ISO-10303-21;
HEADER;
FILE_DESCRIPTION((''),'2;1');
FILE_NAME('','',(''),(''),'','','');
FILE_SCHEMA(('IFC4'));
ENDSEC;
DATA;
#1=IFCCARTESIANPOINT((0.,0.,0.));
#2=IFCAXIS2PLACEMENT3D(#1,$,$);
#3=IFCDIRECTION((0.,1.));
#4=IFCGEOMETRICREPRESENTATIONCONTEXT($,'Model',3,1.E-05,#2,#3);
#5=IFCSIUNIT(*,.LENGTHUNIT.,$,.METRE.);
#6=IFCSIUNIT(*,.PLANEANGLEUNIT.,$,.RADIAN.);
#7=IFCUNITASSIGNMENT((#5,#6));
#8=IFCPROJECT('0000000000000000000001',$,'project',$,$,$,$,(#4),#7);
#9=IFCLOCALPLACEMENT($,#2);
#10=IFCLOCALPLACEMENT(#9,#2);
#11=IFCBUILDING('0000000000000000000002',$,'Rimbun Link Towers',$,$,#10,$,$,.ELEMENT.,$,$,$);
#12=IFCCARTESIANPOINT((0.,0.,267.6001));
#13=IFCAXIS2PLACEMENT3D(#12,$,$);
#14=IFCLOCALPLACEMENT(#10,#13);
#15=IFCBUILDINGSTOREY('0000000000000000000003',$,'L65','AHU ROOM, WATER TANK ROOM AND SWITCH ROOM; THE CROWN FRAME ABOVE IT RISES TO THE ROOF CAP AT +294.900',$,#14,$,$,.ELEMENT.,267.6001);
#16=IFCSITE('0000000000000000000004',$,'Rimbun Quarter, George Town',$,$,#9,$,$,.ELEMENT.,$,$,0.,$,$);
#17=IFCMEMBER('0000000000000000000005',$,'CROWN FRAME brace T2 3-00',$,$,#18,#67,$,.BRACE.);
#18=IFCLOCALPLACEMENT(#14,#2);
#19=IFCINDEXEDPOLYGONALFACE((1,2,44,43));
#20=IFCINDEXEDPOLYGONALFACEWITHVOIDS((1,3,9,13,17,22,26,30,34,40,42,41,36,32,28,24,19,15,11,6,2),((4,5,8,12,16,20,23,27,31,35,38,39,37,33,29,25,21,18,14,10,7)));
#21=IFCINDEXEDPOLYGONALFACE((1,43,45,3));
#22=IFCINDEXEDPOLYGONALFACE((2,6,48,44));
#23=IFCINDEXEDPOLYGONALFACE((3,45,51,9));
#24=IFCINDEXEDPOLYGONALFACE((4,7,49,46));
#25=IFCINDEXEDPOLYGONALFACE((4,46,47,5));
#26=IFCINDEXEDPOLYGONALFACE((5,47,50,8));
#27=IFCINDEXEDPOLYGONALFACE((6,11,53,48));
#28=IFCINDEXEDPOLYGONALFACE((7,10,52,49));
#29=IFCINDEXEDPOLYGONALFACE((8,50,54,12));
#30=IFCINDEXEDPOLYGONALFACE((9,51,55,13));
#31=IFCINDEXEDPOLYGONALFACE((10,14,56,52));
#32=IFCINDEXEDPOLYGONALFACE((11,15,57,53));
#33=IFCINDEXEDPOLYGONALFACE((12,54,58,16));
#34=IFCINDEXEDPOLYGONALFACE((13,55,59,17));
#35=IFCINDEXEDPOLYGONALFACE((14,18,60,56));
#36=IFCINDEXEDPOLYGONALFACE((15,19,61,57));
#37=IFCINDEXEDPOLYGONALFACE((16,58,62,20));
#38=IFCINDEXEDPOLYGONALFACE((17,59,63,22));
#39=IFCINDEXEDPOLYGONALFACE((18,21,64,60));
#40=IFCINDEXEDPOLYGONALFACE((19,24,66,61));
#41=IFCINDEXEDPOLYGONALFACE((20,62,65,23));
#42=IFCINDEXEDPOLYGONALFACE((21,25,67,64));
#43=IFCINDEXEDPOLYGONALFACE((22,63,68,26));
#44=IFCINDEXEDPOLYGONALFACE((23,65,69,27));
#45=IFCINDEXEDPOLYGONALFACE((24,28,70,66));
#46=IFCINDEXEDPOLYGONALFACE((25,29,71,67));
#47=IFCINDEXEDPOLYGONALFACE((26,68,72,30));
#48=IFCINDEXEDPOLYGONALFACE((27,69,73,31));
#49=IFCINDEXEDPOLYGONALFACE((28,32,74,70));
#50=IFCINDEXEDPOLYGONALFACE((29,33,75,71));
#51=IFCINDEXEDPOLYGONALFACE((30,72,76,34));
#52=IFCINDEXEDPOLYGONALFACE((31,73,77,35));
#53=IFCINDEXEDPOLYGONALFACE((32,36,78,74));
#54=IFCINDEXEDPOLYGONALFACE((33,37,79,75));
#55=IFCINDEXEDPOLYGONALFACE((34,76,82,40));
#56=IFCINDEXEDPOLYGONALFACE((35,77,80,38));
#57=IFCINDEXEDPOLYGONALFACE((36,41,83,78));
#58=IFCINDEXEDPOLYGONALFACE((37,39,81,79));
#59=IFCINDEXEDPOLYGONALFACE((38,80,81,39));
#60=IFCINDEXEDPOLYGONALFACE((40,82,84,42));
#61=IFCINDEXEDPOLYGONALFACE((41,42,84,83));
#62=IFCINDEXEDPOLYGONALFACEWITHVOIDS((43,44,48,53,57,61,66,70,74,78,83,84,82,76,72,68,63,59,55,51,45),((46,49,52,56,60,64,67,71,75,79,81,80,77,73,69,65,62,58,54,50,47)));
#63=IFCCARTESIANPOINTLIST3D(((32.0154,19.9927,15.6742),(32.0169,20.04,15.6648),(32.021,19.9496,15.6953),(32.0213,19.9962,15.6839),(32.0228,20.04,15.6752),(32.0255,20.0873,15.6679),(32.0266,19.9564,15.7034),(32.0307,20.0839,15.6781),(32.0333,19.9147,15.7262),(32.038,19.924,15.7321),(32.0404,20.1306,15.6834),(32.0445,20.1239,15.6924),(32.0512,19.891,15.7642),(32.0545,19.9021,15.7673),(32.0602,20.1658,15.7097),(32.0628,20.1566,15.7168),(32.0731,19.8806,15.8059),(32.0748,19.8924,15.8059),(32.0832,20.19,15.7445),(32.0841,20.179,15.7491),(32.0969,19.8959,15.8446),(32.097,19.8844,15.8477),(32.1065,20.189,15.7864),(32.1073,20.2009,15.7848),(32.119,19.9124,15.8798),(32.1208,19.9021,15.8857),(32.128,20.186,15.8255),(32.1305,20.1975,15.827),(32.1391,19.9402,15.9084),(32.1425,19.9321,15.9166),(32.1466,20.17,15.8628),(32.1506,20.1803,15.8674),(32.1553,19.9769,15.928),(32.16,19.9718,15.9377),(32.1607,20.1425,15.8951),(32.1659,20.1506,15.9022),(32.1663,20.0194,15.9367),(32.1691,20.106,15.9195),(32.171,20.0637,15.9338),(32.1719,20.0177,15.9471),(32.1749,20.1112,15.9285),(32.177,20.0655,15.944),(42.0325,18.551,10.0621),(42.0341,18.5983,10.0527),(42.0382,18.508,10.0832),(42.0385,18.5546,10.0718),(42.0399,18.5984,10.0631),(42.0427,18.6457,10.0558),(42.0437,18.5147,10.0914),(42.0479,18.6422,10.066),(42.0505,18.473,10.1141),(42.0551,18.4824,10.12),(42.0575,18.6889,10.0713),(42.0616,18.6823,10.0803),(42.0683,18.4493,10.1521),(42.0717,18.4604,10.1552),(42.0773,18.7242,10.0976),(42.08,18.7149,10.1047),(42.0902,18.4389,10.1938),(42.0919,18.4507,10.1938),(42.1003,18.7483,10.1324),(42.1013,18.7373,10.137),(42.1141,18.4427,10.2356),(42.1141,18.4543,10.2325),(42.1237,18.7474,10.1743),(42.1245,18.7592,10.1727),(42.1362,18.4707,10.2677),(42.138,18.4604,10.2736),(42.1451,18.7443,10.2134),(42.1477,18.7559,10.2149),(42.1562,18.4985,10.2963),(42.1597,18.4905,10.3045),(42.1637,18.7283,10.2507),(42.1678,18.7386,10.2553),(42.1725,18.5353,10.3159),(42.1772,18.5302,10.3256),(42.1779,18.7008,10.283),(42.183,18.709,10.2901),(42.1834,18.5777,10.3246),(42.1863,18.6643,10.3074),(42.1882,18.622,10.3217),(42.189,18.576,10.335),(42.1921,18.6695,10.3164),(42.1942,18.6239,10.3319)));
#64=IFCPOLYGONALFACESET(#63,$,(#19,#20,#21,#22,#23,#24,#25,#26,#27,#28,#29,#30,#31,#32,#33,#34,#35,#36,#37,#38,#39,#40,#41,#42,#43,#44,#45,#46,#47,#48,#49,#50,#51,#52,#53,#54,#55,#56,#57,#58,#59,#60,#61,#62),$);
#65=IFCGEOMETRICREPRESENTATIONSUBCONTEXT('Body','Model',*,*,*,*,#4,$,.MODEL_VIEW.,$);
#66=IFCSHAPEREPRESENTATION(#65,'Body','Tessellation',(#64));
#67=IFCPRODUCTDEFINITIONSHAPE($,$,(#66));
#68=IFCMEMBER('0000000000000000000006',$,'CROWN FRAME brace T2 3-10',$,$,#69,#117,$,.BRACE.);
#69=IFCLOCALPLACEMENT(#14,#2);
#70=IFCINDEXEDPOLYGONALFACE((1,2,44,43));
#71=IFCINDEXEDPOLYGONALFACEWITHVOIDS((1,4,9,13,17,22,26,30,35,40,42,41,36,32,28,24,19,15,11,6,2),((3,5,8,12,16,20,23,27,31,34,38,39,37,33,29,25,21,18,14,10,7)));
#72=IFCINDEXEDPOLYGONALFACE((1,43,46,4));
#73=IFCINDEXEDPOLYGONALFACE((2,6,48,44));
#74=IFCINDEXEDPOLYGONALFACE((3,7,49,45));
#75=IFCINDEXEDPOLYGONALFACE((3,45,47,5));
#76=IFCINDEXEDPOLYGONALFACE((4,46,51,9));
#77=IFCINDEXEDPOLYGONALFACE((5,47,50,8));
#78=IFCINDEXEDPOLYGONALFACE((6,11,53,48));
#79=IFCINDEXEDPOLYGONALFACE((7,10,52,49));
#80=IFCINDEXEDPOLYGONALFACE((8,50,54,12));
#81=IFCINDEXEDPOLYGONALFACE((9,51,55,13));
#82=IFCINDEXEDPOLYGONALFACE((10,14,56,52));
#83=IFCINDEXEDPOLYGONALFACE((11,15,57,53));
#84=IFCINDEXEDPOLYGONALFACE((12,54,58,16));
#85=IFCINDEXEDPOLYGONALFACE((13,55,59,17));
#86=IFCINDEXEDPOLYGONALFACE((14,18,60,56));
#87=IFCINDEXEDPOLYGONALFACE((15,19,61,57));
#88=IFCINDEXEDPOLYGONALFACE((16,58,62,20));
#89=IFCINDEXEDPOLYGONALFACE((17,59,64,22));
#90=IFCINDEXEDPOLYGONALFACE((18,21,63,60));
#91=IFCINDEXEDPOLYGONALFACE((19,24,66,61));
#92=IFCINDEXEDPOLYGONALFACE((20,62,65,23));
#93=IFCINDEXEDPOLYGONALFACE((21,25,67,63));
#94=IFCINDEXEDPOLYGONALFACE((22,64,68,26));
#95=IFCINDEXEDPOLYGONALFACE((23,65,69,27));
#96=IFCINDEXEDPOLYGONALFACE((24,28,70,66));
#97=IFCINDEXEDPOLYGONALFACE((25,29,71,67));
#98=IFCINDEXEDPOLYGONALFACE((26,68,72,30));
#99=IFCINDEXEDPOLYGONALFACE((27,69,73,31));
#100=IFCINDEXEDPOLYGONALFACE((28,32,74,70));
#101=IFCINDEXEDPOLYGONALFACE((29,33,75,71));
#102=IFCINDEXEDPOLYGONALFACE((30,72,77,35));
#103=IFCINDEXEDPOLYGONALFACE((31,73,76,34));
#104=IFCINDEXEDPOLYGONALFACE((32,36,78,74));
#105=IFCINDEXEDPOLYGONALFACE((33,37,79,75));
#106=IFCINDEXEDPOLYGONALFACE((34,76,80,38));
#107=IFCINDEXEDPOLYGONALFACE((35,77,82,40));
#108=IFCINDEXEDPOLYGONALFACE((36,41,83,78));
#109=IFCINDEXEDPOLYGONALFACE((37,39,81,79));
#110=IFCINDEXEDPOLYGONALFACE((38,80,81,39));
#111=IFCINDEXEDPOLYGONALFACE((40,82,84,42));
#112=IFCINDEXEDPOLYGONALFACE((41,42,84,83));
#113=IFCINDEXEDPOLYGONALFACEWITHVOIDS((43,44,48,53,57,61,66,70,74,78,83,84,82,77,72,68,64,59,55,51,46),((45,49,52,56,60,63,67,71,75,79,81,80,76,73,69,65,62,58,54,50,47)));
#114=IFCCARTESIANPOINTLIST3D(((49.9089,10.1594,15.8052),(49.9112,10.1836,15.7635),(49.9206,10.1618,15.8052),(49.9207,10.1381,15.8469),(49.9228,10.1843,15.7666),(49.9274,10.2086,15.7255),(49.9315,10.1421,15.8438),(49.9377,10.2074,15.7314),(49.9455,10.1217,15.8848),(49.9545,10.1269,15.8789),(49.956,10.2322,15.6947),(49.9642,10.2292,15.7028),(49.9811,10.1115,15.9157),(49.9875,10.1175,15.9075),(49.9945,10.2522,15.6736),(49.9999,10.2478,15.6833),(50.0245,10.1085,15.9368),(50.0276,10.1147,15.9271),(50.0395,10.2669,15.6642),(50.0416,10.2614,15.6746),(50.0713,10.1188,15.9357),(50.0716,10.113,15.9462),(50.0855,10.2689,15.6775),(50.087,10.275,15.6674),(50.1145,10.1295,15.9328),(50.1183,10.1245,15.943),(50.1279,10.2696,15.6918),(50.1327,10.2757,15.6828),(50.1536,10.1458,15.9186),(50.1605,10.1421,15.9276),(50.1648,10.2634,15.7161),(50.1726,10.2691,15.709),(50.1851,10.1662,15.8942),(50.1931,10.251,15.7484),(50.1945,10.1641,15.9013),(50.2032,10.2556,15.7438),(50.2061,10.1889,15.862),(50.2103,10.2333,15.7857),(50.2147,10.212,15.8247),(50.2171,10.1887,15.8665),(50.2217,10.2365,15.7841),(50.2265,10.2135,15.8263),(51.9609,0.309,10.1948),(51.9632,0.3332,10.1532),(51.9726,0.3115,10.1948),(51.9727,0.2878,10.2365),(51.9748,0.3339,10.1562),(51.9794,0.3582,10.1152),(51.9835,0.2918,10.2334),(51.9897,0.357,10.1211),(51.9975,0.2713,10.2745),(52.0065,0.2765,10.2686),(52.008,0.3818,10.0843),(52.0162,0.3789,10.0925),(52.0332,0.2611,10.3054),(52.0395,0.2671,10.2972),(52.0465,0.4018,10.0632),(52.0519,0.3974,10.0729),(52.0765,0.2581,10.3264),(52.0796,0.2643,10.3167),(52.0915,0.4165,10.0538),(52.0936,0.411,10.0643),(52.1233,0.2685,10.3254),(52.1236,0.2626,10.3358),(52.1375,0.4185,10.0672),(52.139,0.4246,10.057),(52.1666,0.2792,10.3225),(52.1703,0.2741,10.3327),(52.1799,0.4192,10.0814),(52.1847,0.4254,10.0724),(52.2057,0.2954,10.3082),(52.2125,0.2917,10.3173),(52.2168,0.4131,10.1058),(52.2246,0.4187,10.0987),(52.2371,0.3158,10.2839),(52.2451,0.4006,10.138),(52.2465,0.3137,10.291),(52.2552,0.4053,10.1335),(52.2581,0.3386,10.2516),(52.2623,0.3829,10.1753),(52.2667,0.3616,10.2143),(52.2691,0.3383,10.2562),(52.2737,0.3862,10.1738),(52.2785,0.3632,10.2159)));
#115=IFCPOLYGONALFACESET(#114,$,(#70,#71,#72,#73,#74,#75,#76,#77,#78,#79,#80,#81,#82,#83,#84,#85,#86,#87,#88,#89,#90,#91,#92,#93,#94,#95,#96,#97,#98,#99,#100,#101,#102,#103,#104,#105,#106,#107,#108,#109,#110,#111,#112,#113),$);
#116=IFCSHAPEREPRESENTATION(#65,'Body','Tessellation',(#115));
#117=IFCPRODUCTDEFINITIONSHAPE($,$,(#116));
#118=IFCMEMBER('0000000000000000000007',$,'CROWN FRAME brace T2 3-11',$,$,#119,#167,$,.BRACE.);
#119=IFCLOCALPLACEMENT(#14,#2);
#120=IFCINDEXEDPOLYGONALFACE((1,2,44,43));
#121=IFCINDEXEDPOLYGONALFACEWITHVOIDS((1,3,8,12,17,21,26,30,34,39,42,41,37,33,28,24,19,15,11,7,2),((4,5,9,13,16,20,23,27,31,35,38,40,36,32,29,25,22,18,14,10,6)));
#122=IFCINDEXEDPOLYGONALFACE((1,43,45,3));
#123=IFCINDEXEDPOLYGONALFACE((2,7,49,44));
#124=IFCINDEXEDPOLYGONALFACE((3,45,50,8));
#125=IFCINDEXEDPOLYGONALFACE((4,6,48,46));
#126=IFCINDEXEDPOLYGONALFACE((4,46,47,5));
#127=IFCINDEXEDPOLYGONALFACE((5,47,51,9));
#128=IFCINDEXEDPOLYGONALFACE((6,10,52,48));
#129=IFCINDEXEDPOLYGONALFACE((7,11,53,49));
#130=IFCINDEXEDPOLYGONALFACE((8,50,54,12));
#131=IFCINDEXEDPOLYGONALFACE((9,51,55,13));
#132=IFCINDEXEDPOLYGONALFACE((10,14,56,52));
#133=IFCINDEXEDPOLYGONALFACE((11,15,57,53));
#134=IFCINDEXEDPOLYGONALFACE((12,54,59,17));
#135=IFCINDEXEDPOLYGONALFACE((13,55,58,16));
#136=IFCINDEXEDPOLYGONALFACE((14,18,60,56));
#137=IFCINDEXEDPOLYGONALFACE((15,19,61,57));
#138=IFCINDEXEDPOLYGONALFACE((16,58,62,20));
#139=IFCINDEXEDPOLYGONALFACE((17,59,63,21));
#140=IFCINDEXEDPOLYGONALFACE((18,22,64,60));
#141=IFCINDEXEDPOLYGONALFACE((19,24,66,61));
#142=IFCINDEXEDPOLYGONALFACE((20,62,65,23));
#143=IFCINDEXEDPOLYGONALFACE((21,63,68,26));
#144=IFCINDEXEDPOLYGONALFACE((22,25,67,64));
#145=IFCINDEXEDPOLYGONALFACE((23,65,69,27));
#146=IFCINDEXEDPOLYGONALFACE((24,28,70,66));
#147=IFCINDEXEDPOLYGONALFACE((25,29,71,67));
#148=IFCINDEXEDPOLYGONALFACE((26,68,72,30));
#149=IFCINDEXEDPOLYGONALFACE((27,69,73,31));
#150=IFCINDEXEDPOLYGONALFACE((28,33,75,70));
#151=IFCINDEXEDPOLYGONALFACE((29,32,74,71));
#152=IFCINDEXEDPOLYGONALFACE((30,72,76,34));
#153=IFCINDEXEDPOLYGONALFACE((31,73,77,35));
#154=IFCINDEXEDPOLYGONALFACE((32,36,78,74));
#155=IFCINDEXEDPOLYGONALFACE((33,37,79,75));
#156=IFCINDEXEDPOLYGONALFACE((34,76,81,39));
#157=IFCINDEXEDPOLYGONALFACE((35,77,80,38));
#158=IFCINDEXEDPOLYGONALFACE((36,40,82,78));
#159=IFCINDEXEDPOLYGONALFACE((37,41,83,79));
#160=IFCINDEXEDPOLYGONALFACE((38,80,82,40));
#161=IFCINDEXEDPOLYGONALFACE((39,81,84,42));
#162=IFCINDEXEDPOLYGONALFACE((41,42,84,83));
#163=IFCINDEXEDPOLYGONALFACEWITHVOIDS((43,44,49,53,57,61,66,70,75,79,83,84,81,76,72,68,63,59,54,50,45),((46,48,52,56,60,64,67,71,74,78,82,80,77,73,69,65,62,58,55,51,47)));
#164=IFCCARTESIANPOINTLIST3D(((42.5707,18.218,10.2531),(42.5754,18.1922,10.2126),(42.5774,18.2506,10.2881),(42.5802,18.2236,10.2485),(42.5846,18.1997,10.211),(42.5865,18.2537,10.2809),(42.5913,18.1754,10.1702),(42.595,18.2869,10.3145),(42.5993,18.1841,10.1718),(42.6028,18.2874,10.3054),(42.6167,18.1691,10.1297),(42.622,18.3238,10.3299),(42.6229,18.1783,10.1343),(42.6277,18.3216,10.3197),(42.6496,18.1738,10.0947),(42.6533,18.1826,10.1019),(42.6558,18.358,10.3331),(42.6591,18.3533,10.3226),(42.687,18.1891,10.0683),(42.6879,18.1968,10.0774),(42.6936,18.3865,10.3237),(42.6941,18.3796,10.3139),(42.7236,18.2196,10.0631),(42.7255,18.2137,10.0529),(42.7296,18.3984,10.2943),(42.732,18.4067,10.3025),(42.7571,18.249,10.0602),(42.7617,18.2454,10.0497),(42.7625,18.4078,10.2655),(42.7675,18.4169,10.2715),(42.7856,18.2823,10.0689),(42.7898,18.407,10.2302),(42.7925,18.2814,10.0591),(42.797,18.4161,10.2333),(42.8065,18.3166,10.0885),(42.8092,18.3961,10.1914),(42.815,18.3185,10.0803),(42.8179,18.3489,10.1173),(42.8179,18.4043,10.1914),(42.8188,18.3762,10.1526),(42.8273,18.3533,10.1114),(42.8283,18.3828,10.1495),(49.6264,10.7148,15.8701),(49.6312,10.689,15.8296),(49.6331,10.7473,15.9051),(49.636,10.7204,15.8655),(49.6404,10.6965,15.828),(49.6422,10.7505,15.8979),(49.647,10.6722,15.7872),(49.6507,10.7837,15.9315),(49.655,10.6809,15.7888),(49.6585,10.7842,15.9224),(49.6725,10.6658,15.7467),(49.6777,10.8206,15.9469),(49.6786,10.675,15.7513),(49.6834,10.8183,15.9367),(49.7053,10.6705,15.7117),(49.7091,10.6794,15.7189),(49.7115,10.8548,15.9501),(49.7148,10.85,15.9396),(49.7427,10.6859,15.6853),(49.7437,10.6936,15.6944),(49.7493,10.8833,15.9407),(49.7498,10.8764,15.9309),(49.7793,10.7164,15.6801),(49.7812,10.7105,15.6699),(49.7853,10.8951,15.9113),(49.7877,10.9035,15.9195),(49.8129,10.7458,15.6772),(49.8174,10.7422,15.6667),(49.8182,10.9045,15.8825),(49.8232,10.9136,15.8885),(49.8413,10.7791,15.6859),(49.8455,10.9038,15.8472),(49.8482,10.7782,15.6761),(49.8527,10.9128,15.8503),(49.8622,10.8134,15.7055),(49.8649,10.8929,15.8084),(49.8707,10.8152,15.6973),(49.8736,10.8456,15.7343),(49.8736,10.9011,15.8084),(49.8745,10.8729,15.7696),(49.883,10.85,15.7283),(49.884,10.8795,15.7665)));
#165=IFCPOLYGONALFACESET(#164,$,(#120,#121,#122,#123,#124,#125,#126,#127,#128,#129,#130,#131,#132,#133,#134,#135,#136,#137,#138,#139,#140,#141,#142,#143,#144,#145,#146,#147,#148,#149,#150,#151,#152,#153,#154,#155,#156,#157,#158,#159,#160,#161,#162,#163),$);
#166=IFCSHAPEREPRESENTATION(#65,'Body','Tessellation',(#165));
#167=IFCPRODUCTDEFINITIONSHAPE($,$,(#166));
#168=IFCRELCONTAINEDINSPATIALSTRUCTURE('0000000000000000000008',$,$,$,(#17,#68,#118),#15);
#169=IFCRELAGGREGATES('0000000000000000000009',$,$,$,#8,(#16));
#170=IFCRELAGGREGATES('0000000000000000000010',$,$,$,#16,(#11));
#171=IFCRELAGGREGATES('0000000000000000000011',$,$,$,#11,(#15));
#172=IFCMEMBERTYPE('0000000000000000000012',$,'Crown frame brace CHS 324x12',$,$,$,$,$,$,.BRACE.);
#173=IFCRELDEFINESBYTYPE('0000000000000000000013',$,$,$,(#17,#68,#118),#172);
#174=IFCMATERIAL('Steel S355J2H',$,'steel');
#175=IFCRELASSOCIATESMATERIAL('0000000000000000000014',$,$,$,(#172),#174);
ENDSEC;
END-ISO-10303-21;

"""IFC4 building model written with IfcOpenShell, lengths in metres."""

from ifc_helpers import new_model, si_unit, direction, frame, origin, origin_2d, place, context, subcontext, project, spatial, hollow_circle, extrude, material, material_profile, profile_set, type_object, element, save


model = new_model("IFC4")

# Units and contexts
model_context = context("Model", 3, precision=1e-05, world=origin(), true_north=direction((0.0, 1.0)))
body_context = subcontext(model_context, "Body", "Model", "MODEL_VIEW")
ifc_project = project(units=[si_unit("LENGTHUNIT", "METRE"), si_unit("PLANEANGLEUNIT", "RADIAN")], contexts=[model_context])

# Site, building, storey
site_placement = place(None, origin())
site = spatial("IfcSite", under=ifc_project, at=site_placement, Name="Rimbun Quarter, George Town", CompositionType="ELEMENT", RefElevation=0.0)
building_placement = place(site_placement, origin())
building = spatial("IfcBuilding", under=site, at=building_placement, Name="Rimbun Link Towers", CompositionType="ELEMENT")
storey_placement = place(building_placement, frame((0.0, 0.0, 267.6001)))
storey = spatial("IfcBuildingStorey", under=building, at=storey_placement, Name="L65", Description="AHU ROOM, WATER TANK ROOM AND SWITCH ROOM; THE CROWN FRAME ABOVE IT RISES TO THE ROOF CAP AT +294.900", CompositionType="ELEMENT", Elevation=267.6001)

# Members
ifc_material_1 = material(Name="Steel S355J2H", Category="steel")
ifc_material_profile_1 = material_profile(ifc_material_1, hollow_circle(Radius=0.1619, WallThickness=0.012, at=origin_2d()), Name="Crown frame brace CHS 324x12")
ifc_profile_set_1 = profile_set([ifc_material_profile_1], Name="Steel S355J2H")
member_type_1 = type_object("IfcMemberType", Name="Crown frame brace CHS 324x12", PredefinedType="BRACE", material=ifc_profile_set_1)
member_1_placement = place(storey_placement, frame((42.1133, 18.5991, 10.1938), z_axis=(-0.865617, 0.124579, 0.484961), x_axis=(-0.142451, -0.989802, 0.0)))
element("IfcMember", 1, at=member_1_placement, inside=storey, type_object=member_type_1, Name="CROWN FRAME brace T2 3-00", PredefinedType="BRACE", context=body_context, shape_type="SweptSolid", body=[
    extrude(hollow_circle(Radius=0.1619, WallThickness=0.012, at=origin_2d()), origin(), (0.0, 0.0, 1.0), 11.5723),
])
member_2_placement = place(storey_placement, frame((52.1194, 0.342, 10.1948), z_axis=(-0.178121, 0.855046, 0.486999), x_axis=(-0.978983, -0.20394, 0.0)))
element("IfcMember", 2, at=member_2_placement, inside=storey, type_object=member_type_1, Name="CROWN FRAME brace T2 3-10", PredefinedType="BRACE", context=body_context, shape_type="SweptSolid", body=[
    extrude(hollow_circle(Radius=0.1619, WallThickness=0.012, at=origin_2d()), origin(), (0.0, 0.0, 1.0), 11.5203),
])
member_3_placement = place(storey_placement, frame((42.7, 18.2935, 10.1914), z_axis=(0.601425, -0.63957, 0.478788), x_axis=(0.728498, 0.685048, 0.0)))
element("IfcMember", 3, at=member_3_placement, inside=storey, type_object=member_type_1, Name="CROWN FRAME brace T2 3-11", PredefinedType="BRACE", context=body_context, shape_type="SweptSolid", body=[
    extrude(hollow_circle(Radius=0.1619, WallThickness=0.012, at=origin_2d()), origin(), (0.0, 0.0, 1.0), 11.7317),
])

save(model, "model.ifc")
